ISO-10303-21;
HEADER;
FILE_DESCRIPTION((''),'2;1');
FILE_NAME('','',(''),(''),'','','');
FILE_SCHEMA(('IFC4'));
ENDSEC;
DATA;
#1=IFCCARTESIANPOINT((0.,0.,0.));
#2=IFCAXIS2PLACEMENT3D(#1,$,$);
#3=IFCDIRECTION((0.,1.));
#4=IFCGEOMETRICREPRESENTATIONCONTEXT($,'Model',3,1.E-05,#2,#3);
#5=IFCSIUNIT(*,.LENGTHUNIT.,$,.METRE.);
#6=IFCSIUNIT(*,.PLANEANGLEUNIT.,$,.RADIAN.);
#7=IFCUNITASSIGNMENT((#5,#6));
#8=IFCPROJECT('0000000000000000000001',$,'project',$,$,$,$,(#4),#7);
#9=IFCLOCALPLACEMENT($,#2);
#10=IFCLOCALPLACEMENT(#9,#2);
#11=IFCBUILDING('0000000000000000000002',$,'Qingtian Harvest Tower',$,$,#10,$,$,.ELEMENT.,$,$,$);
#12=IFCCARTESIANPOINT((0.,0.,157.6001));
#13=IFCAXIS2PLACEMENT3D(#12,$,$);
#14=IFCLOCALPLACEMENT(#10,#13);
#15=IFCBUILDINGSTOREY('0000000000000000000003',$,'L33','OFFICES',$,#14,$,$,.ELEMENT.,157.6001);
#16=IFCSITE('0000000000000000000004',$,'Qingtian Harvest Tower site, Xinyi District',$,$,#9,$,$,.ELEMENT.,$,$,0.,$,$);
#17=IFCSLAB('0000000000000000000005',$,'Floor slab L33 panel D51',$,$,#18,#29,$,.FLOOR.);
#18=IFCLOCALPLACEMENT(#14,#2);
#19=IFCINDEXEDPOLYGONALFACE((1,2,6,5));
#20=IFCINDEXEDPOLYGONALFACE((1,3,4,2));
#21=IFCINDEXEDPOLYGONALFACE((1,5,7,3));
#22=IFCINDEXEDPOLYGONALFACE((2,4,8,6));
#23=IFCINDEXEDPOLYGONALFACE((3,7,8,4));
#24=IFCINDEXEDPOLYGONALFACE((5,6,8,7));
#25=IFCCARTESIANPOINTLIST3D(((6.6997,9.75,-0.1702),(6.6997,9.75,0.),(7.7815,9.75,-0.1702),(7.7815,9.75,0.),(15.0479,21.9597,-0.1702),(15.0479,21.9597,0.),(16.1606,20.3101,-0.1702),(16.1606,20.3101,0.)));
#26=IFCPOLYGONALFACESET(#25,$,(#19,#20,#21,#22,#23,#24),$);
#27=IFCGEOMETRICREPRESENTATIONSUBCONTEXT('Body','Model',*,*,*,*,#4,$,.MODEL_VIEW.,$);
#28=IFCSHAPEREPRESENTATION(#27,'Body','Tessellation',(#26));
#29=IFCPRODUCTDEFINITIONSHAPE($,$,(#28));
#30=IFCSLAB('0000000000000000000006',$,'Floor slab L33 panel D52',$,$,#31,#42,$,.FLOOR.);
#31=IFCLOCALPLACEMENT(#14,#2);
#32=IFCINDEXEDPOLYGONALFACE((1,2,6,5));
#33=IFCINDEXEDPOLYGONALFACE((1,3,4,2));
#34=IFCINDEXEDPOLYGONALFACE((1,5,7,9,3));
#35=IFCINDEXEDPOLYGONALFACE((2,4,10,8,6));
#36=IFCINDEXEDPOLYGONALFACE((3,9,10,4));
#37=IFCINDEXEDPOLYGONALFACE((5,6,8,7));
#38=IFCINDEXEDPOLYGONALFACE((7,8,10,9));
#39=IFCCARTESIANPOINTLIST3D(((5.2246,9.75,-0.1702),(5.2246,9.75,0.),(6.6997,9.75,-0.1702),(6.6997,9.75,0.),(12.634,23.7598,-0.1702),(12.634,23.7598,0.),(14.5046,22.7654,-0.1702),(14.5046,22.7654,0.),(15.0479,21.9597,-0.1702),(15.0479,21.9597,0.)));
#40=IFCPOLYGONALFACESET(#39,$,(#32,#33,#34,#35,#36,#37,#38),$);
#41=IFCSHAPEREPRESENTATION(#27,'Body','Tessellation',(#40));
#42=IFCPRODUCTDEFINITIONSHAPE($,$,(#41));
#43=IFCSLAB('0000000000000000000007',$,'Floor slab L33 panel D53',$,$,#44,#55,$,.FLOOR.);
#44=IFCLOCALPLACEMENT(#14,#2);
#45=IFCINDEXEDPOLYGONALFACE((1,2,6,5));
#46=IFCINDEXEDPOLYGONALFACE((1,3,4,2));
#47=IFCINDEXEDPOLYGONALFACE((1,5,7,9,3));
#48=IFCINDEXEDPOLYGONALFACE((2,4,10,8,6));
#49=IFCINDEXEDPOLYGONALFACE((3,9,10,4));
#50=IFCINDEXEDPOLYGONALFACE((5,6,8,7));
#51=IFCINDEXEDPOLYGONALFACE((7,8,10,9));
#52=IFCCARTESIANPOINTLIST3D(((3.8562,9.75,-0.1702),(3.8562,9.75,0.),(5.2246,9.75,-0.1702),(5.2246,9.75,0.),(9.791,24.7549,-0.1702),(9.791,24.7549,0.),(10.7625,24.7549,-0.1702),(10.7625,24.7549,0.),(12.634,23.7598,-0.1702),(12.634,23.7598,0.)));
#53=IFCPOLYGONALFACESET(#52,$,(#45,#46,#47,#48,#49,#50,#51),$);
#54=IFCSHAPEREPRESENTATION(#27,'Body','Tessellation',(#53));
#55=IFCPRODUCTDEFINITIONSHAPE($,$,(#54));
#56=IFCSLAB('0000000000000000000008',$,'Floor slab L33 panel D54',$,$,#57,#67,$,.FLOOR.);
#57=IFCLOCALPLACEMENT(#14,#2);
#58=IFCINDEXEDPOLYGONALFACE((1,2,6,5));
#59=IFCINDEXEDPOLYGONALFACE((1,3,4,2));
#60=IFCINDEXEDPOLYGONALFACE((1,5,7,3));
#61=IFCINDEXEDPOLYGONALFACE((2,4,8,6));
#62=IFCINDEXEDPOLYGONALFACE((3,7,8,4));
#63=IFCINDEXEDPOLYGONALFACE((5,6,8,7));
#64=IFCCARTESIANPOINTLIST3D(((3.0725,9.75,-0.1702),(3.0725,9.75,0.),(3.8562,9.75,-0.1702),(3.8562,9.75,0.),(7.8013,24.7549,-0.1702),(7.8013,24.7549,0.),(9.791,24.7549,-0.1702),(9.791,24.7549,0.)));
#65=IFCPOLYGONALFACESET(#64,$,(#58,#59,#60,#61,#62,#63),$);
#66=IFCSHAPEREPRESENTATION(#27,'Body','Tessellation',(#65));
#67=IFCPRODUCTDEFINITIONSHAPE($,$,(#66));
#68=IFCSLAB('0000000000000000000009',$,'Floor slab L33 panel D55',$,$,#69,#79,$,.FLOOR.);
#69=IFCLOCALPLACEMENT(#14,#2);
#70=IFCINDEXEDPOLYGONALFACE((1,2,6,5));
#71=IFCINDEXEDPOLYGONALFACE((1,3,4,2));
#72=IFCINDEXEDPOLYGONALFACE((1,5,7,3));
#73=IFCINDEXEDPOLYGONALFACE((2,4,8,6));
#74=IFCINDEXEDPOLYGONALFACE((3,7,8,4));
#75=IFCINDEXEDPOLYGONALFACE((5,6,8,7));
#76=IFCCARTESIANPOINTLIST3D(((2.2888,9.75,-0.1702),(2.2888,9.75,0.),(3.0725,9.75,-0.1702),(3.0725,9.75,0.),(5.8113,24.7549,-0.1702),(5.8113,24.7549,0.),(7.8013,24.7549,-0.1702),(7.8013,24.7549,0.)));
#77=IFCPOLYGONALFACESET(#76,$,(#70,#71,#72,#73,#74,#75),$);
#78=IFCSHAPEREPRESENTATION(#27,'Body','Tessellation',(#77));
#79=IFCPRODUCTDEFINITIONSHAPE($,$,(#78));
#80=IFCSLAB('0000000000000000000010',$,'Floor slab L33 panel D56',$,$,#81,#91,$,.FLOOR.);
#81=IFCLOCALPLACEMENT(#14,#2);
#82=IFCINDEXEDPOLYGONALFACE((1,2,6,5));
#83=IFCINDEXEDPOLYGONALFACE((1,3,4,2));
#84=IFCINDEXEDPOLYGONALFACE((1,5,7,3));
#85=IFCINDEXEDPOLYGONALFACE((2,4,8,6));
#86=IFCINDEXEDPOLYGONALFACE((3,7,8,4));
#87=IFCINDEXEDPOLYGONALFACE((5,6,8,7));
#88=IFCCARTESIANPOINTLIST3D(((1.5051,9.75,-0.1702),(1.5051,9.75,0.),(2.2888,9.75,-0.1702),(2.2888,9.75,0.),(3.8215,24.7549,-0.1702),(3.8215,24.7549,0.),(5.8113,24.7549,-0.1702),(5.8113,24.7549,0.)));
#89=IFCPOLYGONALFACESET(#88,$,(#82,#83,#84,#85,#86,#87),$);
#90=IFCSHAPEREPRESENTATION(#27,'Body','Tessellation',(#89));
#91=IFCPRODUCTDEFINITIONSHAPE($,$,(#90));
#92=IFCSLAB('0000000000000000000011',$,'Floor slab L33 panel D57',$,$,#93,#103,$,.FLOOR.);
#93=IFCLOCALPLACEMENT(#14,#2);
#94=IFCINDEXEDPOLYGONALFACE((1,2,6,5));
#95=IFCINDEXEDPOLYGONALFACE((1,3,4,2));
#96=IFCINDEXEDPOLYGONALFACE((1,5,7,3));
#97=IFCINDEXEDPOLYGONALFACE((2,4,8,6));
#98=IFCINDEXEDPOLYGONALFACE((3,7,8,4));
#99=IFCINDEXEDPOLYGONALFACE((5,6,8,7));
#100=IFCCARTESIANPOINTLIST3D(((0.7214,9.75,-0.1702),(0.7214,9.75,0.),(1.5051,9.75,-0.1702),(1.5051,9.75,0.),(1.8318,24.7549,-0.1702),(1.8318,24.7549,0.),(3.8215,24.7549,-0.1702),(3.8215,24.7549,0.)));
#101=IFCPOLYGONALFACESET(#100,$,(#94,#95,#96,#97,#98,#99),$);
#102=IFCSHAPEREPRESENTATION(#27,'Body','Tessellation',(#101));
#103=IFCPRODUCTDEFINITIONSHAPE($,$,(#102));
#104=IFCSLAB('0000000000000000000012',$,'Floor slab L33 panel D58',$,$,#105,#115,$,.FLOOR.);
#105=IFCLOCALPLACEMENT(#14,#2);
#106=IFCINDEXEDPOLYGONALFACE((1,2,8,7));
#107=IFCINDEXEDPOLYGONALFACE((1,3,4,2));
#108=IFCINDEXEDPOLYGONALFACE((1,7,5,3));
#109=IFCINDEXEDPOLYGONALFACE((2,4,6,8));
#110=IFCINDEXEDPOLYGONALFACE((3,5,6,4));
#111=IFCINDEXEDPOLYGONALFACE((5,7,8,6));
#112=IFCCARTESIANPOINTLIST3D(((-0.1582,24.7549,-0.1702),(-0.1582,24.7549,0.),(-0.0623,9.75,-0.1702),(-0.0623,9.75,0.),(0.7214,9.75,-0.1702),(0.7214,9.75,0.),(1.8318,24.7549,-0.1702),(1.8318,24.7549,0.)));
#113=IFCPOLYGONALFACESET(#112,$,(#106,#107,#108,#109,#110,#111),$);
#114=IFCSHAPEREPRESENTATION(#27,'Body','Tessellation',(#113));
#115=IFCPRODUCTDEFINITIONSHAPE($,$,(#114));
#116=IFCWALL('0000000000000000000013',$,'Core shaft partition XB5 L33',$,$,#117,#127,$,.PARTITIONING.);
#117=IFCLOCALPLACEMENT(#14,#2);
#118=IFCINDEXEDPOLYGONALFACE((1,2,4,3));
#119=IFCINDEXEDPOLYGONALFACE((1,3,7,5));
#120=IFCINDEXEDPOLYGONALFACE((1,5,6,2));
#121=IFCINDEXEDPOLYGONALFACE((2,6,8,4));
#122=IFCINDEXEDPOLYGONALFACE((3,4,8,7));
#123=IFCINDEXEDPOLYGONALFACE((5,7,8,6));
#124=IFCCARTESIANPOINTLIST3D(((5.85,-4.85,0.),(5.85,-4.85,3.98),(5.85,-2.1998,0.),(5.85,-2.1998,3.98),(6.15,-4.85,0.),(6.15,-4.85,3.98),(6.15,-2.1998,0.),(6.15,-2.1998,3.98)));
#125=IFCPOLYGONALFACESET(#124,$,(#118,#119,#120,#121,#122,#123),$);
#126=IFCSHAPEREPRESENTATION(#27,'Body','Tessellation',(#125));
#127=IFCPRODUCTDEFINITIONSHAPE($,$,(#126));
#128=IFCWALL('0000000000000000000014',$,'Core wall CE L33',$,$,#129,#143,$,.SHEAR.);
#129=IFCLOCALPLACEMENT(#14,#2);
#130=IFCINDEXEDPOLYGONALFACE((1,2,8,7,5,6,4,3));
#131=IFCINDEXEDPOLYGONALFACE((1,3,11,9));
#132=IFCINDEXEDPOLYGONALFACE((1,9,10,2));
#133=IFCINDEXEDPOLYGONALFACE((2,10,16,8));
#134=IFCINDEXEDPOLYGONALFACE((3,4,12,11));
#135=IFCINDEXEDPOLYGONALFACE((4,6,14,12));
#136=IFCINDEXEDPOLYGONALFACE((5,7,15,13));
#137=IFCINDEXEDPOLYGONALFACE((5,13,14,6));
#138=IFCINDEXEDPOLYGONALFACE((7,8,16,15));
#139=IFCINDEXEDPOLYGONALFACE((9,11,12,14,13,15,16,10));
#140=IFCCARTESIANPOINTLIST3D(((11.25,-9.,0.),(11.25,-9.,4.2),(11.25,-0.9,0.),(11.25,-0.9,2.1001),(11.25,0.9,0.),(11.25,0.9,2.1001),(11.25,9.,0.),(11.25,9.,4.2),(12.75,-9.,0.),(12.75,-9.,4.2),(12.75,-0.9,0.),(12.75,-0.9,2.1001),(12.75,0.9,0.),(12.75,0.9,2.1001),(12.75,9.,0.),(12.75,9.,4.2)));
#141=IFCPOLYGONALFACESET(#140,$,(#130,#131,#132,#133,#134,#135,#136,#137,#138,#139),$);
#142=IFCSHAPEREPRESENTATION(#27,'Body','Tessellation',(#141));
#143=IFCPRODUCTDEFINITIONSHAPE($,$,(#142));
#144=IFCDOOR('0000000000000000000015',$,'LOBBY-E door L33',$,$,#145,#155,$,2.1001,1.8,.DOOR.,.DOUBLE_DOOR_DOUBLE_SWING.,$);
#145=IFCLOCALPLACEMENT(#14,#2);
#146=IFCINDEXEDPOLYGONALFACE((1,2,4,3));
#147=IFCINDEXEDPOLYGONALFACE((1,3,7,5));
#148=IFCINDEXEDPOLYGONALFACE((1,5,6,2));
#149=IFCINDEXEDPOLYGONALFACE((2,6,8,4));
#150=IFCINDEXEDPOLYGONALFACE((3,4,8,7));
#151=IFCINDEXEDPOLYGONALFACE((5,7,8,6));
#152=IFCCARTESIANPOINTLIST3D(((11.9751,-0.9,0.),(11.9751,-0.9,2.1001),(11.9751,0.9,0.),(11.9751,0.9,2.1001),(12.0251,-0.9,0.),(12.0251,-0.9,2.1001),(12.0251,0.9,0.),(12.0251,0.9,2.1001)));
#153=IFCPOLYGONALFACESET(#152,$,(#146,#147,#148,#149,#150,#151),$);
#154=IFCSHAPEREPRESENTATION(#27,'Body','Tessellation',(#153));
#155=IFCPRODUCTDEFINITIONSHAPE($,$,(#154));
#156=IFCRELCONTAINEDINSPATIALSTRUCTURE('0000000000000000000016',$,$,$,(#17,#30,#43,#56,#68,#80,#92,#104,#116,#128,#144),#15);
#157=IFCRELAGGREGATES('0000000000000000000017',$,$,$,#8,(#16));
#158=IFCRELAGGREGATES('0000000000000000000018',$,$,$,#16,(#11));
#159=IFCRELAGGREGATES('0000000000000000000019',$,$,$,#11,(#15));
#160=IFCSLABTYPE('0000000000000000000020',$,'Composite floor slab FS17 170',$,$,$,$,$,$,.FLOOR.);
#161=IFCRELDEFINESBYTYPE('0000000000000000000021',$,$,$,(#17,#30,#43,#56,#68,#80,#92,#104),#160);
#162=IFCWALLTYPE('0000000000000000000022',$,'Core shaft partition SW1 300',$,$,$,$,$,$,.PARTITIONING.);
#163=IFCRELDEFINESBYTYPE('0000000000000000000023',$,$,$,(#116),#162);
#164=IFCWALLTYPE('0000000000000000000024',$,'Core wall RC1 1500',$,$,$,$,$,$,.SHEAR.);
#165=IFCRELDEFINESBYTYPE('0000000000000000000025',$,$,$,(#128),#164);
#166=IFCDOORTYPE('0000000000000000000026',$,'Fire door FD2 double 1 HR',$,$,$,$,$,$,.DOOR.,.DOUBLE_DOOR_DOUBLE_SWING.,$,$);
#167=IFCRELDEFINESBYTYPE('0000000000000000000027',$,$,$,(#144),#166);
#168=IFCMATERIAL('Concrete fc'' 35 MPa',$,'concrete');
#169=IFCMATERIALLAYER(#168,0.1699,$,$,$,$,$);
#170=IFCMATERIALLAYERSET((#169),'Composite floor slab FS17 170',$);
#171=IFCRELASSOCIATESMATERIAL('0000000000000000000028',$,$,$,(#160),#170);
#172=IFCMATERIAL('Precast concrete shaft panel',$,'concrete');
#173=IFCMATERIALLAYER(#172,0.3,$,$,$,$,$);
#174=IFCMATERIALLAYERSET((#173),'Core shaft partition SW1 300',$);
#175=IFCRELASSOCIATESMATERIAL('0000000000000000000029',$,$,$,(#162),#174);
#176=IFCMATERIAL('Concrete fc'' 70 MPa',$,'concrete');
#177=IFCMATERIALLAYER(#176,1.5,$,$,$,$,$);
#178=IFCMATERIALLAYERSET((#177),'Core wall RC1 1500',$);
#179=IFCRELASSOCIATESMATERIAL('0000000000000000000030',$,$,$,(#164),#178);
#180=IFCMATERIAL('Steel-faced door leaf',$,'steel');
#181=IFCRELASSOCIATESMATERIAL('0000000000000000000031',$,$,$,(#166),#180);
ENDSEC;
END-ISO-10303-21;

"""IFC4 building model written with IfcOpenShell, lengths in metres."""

from ifc_helpers import new_model, si_unit, direction, frame, frame_2d, origin, place, context, subcontext, project, spatial, polyline, rectangle, outline, extrude, material, layer, layer_set, type_object, element, fill, save


model = new_model("IFC4")

# Units and contexts
model_context = context("Model", 3, precision=1e-05, world=origin(), true_north=direction((0.0, 1.0)))
body_context = subcontext(model_context, "Body", "Model", "MODEL_VIEW")
ifc_project = project(units=[si_unit("LENGTHUNIT", "METRE"), si_unit("PLANEANGLEUNIT", "RADIAN")], contexts=[model_context])

# Site, building, storey
site_placement = place(None, origin())
site = spatial("IfcSite", under=ifc_project, at=site_placement, Name="Qingtian Harvest Tower site, Xinyi District", CompositionType="ELEMENT", RefElevation=0.0)
building_placement = place(site_placement, origin())
building = spatial("IfcBuilding", under=site, at=building_placement, Name="Qingtian Harvest Tower", CompositionType="ELEMENT")
storey_placement = place(building_placement, frame((0.0, 0.0, 157.6001)))
storey = spatial("IfcBuildingStorey", under=building, at=storey_placement, Name="L33", Description="OFFICES", CompositionType="ELEMENT", Elevation=157.6001)

# Slabs
ifc_material_1 = material(Name="Concrete fc' 35 MPa", Category="concrete")
ifc_layer_1 = layer(ifc_material_1, 0.1699)
ifc_layer_set_1 = layer_set([ifc_layer_1], Name="Composite floor slab FS17 170")
slab_type = type_object("IfcSlabType", Name="Composite floor slab FS17 170", PredefinedType="FLOOR", material=ifc_layer_set_1)
slab_1_placement = place(storey_placement, frame((0.0, 0.0, -0.1702)))
element("IfcSlab", 1, at=slab_1_placement, inside=storey, type_object=slab_type, Name="Floor slab L33 panel D51", PredefinedType="FLOOR", context=body_context, shape_type="SweptSolid", body=[
    extrude(outline(polyline([(6.6997, 9.75), (15.0479, 21.9597), (16.1606, 20.3101), (7.7815, 9.75), (6.6997, 9.75)])), origin(), (0.0, 0.0, 1.0), 0.1702),
])
slab_2_placement = place(storey_placement, frame((0.0, 0.0, -0.1702)))
element("IfcSlab", 2, at=slab_2_placement, inside=storey, type_object=slab_type, Name="Floor slab L33 panel D52", PredefinedType="FLOOR", context=body_context, shape_type="SweptSolid", body=[
    extrude(outline(polyline([(6.6997, 9.75), (5.2246, 9.75), (12.634, 23.7598), (14.5046, 22.7654), (15.0479, 21.9597), (6.6997, 9.75)])), origin(), (0.0, 0.0, 1.0), 0.1702),
])
slab_3_placement = place(storey_placement, frame((0.0, 0.0, -0.1702)))
element("IfcSlab", 3, at=slab_3_placement, inside=storey, type_object=slab_type, Name="Floor slab L33 panel D53", PredefinedType="FLOOR", context=body_context, shape_type="SweptSolid", body=[
    extrude(outline(polyline([(3.8562, 9.75), (9.791, 24.7549), (10.7625, 24.7549), (12.634, 23.7598), (5.2246, 9.75), (3.8562, 9.75)])), origin(), (0.0, 0.0, 1.0), 0.1702),
])
slab_4_placement = place(storey_placement, frame((0.0, 0.0, -0.1702)))
element("IfcSlab", 4, at=slab_4_placement, inside=storey, type_object=slab_type, Name="Floor slab L33 panel D54", PredefinedType="FLOOR", context=body_context, shape_type="SweptSolid", body=[
    extrude(outline(polyline([(3.0725, 9.75), (7.8013, 24.7549), (9.791, 24.7549), (3.8562, 9.75), (3.0725, 9.75)])), origin(), (0.0, 0.0, 1.0), 0.1702),
])
slab_5_placement = place(storey_placement, frame((0.0, 0.0, -0.1702)))
element("IfcSlab", 5, at=slab_5_placement, inside=storey, type_object=slab_type, Name="Floor slab L33 panel D55", PredefinedType="FLOOR", context=body_context, shape_type="SweptSolid", body=[
    extrude(outline(polyline([(2.2888, 9.75), (5.8113, 24.7549), (7.8013, 24.7549), (3.0725, 9.75), (2.2888, 9.75)])), origin(), (0.0, 0.0, 1.0), 0.1702),
])
slab_6_placement = place(storey_placement, frame((0.0, 0.0, -0.1702)))
element("IfcSlab", 6, at=slab_6_placement, inside=storey, type_object=slab_type, Name="Floor slab L33 panel D56", PredefinedType="FLOOR", context=body_context, shape_type="SweptSolid", body=[
    extrude(outline(polyline([(1.5051, 9.75), (3.8215, 24.7549), (5.8113, 24.7549), (2.2888, 9.75), (1.5051, 9.75)])), origin(), (0.0, 0.0, 1.0), 0.1702),
])
slab_7_placement = place(storey_placement, frame((0.0, 0.0, -0.1702)))
element("IfcSlab", 7, at=slab_7_placement, inside=storey, type_object=slab_type, Name="Floor slab L33 panel D57", PredefinedType="FLOOR", context=body_context, shape_type="SweptSolid", body=[
    extrude(outline(polyline([(0.7214, 9.75), (1.8318, 24.7549), (3.8215, 24.7549), (1.5051, 9.75), (0.7214, 9.75)])), origin(), (0.0, 0.0, 1.0), 0.1702),
])
slab_8_placement = place(storey_placement, frame((0.0, 0.0, -0.1702)))
element("IfcSlab", 8, at=slab_8_placement, inside=storey, type_object=slab_type, Name="Floor slab L33 panel D58", PredefinedType="FLOOR", context=body_context, shape_type="SweptSolid", body=[
    extrude(outline(polyline([(-0.0623, 9.75), (-0.1582, 24.7549), (1.8318, 24.7549), (0.7214, 9.75), (-0.0623, 9.75)])), origin(), (0.0, 0.0, 1.0), 0.1702),
])

# Wall
ifc_material_2 = material(Name="Precast concrete shaft panel", Category="concrete")
ifc_layer_2 = layer(ifc_material_2, 0.3)
ifc_layer_set_2 = layer_set([ifc_layer_2], Name="Core shaft partition SW1 300")
wall_type_1 = type_object("IfcWallType", Name="Core shaft partition SW1 300", PredefinedType="PARTITIONING", material=ifc_layer_set_2)
wall_1_placement = place(storey_placement, frame((6.0, -4.8501, 0.0), z_axis=(0.0, 0.0, 1.0), x_axis=(0.0, 1.0, 0.0)))
element("IfcWall", 9, at=wall_1_placement, inside=storey, type_object=wall_type_1, Name="Core shaft partition XB5 L33", PredefinedType="PARTITIONING", context=body_context, shape_type="SweptSolid", body=[
    extrude(rectangle(XDim=2.6501, YDim=0.3, at=frame_2d((1.3252, 0.0))), origin(), (0.0, 0.0, 1.0), 3.98),
])

# Wall, opening, door
ifc_material_3 = material(Name="Concrete fc' 70 MPa", Category="concrete")
ifc_layer_3 = layer(ifc_material_3, 1.5)
ifc_layer_set_3 = layer_set([ifc_layer_3], Name="Core wall RC1 1500")
wall_type_2 = type_object("IfcWallType", Name="Core wall RC1 1500", PredefinedType="SHEAR", material=ifc_layer_set_3)
wall_2_placement = place(storey_placement, frame((12.0, -9.0, 0.0), z_axis=(0.0, 0.0, 1.0), x_axis=(0.0, 1.0, 0.0)))
wall_2 = element("IfcWall", 10, at=wall_2_placement, inside=storey, type_object=wall_type_2, Name="Core wall CE L33", PredefinedType="SHEAR", context=body_context, shape_type="SweptSolid", body=[
    extrude(rectangle(XDim=18.0, YDim=1.5, at=frame_2d((9.0, 0.0))), origin(), (0.0, 0.0, 1.0), 4.2),
])
opening_1_placement = place(wall_2_placement, frame((8.1001, 0.0, 0.0)))
opening_1 = element("IfcOpeningElement", 11, at=opening_1_placement, cuts=wall_2, PredefinedType="OPENING", context=body_context, shape_type="SweptSolid", body=[
    extrude(rectangle(XDim=1.8, YDim=2.1001, at=frame_2d((0.8999, 1.05))), frame((0.0, 0.76, 0.0), z_axis=(0.0, -1.0, 0.0), x_axis=(1.0, 0.0, 0.0)), (0.0, 0.0, 1.0), 1.52),
])
ifc_material_4 = material(Name="Steel-faced door leaf", Category="steel")
door_type_1 = type_object("IfcDoorType", Name="Fire door FD2 double 1 HR", OperationType="DOUBLE_DOOR_DOUBLE_SWING", PredefinedType="DOOR", material=ifc_material_4)
door_1_placement = place(opening_1_placement, origin())
door_1 = element("IfcDoor", 12, at=door_1_placement, inside=storey, type_object=door_type_1, Name="LOBBY-E door L33", OperationType="DOUBLE_DOOR_DOUBLE_SWING", OverallHeight=2.1001, OverallWidth=1.8, PredefinedType="DOOR", context=body_context, shape_type="SweptSolid", body=[
    extrude(rectangle(XDim=1.8, YDim=2.1001, at=frame_2d((0.8999, 1.05))), frame((0.0, 0.0249, 0.0), z_axis=(0.0, -1.0, 0.0), x_axis=(1.0, 0.0, 0.0)), (0.0, 0.0, 1.0), 0.05),
])
fill(opening_1, door_1)

save(model, "model.ifc")
